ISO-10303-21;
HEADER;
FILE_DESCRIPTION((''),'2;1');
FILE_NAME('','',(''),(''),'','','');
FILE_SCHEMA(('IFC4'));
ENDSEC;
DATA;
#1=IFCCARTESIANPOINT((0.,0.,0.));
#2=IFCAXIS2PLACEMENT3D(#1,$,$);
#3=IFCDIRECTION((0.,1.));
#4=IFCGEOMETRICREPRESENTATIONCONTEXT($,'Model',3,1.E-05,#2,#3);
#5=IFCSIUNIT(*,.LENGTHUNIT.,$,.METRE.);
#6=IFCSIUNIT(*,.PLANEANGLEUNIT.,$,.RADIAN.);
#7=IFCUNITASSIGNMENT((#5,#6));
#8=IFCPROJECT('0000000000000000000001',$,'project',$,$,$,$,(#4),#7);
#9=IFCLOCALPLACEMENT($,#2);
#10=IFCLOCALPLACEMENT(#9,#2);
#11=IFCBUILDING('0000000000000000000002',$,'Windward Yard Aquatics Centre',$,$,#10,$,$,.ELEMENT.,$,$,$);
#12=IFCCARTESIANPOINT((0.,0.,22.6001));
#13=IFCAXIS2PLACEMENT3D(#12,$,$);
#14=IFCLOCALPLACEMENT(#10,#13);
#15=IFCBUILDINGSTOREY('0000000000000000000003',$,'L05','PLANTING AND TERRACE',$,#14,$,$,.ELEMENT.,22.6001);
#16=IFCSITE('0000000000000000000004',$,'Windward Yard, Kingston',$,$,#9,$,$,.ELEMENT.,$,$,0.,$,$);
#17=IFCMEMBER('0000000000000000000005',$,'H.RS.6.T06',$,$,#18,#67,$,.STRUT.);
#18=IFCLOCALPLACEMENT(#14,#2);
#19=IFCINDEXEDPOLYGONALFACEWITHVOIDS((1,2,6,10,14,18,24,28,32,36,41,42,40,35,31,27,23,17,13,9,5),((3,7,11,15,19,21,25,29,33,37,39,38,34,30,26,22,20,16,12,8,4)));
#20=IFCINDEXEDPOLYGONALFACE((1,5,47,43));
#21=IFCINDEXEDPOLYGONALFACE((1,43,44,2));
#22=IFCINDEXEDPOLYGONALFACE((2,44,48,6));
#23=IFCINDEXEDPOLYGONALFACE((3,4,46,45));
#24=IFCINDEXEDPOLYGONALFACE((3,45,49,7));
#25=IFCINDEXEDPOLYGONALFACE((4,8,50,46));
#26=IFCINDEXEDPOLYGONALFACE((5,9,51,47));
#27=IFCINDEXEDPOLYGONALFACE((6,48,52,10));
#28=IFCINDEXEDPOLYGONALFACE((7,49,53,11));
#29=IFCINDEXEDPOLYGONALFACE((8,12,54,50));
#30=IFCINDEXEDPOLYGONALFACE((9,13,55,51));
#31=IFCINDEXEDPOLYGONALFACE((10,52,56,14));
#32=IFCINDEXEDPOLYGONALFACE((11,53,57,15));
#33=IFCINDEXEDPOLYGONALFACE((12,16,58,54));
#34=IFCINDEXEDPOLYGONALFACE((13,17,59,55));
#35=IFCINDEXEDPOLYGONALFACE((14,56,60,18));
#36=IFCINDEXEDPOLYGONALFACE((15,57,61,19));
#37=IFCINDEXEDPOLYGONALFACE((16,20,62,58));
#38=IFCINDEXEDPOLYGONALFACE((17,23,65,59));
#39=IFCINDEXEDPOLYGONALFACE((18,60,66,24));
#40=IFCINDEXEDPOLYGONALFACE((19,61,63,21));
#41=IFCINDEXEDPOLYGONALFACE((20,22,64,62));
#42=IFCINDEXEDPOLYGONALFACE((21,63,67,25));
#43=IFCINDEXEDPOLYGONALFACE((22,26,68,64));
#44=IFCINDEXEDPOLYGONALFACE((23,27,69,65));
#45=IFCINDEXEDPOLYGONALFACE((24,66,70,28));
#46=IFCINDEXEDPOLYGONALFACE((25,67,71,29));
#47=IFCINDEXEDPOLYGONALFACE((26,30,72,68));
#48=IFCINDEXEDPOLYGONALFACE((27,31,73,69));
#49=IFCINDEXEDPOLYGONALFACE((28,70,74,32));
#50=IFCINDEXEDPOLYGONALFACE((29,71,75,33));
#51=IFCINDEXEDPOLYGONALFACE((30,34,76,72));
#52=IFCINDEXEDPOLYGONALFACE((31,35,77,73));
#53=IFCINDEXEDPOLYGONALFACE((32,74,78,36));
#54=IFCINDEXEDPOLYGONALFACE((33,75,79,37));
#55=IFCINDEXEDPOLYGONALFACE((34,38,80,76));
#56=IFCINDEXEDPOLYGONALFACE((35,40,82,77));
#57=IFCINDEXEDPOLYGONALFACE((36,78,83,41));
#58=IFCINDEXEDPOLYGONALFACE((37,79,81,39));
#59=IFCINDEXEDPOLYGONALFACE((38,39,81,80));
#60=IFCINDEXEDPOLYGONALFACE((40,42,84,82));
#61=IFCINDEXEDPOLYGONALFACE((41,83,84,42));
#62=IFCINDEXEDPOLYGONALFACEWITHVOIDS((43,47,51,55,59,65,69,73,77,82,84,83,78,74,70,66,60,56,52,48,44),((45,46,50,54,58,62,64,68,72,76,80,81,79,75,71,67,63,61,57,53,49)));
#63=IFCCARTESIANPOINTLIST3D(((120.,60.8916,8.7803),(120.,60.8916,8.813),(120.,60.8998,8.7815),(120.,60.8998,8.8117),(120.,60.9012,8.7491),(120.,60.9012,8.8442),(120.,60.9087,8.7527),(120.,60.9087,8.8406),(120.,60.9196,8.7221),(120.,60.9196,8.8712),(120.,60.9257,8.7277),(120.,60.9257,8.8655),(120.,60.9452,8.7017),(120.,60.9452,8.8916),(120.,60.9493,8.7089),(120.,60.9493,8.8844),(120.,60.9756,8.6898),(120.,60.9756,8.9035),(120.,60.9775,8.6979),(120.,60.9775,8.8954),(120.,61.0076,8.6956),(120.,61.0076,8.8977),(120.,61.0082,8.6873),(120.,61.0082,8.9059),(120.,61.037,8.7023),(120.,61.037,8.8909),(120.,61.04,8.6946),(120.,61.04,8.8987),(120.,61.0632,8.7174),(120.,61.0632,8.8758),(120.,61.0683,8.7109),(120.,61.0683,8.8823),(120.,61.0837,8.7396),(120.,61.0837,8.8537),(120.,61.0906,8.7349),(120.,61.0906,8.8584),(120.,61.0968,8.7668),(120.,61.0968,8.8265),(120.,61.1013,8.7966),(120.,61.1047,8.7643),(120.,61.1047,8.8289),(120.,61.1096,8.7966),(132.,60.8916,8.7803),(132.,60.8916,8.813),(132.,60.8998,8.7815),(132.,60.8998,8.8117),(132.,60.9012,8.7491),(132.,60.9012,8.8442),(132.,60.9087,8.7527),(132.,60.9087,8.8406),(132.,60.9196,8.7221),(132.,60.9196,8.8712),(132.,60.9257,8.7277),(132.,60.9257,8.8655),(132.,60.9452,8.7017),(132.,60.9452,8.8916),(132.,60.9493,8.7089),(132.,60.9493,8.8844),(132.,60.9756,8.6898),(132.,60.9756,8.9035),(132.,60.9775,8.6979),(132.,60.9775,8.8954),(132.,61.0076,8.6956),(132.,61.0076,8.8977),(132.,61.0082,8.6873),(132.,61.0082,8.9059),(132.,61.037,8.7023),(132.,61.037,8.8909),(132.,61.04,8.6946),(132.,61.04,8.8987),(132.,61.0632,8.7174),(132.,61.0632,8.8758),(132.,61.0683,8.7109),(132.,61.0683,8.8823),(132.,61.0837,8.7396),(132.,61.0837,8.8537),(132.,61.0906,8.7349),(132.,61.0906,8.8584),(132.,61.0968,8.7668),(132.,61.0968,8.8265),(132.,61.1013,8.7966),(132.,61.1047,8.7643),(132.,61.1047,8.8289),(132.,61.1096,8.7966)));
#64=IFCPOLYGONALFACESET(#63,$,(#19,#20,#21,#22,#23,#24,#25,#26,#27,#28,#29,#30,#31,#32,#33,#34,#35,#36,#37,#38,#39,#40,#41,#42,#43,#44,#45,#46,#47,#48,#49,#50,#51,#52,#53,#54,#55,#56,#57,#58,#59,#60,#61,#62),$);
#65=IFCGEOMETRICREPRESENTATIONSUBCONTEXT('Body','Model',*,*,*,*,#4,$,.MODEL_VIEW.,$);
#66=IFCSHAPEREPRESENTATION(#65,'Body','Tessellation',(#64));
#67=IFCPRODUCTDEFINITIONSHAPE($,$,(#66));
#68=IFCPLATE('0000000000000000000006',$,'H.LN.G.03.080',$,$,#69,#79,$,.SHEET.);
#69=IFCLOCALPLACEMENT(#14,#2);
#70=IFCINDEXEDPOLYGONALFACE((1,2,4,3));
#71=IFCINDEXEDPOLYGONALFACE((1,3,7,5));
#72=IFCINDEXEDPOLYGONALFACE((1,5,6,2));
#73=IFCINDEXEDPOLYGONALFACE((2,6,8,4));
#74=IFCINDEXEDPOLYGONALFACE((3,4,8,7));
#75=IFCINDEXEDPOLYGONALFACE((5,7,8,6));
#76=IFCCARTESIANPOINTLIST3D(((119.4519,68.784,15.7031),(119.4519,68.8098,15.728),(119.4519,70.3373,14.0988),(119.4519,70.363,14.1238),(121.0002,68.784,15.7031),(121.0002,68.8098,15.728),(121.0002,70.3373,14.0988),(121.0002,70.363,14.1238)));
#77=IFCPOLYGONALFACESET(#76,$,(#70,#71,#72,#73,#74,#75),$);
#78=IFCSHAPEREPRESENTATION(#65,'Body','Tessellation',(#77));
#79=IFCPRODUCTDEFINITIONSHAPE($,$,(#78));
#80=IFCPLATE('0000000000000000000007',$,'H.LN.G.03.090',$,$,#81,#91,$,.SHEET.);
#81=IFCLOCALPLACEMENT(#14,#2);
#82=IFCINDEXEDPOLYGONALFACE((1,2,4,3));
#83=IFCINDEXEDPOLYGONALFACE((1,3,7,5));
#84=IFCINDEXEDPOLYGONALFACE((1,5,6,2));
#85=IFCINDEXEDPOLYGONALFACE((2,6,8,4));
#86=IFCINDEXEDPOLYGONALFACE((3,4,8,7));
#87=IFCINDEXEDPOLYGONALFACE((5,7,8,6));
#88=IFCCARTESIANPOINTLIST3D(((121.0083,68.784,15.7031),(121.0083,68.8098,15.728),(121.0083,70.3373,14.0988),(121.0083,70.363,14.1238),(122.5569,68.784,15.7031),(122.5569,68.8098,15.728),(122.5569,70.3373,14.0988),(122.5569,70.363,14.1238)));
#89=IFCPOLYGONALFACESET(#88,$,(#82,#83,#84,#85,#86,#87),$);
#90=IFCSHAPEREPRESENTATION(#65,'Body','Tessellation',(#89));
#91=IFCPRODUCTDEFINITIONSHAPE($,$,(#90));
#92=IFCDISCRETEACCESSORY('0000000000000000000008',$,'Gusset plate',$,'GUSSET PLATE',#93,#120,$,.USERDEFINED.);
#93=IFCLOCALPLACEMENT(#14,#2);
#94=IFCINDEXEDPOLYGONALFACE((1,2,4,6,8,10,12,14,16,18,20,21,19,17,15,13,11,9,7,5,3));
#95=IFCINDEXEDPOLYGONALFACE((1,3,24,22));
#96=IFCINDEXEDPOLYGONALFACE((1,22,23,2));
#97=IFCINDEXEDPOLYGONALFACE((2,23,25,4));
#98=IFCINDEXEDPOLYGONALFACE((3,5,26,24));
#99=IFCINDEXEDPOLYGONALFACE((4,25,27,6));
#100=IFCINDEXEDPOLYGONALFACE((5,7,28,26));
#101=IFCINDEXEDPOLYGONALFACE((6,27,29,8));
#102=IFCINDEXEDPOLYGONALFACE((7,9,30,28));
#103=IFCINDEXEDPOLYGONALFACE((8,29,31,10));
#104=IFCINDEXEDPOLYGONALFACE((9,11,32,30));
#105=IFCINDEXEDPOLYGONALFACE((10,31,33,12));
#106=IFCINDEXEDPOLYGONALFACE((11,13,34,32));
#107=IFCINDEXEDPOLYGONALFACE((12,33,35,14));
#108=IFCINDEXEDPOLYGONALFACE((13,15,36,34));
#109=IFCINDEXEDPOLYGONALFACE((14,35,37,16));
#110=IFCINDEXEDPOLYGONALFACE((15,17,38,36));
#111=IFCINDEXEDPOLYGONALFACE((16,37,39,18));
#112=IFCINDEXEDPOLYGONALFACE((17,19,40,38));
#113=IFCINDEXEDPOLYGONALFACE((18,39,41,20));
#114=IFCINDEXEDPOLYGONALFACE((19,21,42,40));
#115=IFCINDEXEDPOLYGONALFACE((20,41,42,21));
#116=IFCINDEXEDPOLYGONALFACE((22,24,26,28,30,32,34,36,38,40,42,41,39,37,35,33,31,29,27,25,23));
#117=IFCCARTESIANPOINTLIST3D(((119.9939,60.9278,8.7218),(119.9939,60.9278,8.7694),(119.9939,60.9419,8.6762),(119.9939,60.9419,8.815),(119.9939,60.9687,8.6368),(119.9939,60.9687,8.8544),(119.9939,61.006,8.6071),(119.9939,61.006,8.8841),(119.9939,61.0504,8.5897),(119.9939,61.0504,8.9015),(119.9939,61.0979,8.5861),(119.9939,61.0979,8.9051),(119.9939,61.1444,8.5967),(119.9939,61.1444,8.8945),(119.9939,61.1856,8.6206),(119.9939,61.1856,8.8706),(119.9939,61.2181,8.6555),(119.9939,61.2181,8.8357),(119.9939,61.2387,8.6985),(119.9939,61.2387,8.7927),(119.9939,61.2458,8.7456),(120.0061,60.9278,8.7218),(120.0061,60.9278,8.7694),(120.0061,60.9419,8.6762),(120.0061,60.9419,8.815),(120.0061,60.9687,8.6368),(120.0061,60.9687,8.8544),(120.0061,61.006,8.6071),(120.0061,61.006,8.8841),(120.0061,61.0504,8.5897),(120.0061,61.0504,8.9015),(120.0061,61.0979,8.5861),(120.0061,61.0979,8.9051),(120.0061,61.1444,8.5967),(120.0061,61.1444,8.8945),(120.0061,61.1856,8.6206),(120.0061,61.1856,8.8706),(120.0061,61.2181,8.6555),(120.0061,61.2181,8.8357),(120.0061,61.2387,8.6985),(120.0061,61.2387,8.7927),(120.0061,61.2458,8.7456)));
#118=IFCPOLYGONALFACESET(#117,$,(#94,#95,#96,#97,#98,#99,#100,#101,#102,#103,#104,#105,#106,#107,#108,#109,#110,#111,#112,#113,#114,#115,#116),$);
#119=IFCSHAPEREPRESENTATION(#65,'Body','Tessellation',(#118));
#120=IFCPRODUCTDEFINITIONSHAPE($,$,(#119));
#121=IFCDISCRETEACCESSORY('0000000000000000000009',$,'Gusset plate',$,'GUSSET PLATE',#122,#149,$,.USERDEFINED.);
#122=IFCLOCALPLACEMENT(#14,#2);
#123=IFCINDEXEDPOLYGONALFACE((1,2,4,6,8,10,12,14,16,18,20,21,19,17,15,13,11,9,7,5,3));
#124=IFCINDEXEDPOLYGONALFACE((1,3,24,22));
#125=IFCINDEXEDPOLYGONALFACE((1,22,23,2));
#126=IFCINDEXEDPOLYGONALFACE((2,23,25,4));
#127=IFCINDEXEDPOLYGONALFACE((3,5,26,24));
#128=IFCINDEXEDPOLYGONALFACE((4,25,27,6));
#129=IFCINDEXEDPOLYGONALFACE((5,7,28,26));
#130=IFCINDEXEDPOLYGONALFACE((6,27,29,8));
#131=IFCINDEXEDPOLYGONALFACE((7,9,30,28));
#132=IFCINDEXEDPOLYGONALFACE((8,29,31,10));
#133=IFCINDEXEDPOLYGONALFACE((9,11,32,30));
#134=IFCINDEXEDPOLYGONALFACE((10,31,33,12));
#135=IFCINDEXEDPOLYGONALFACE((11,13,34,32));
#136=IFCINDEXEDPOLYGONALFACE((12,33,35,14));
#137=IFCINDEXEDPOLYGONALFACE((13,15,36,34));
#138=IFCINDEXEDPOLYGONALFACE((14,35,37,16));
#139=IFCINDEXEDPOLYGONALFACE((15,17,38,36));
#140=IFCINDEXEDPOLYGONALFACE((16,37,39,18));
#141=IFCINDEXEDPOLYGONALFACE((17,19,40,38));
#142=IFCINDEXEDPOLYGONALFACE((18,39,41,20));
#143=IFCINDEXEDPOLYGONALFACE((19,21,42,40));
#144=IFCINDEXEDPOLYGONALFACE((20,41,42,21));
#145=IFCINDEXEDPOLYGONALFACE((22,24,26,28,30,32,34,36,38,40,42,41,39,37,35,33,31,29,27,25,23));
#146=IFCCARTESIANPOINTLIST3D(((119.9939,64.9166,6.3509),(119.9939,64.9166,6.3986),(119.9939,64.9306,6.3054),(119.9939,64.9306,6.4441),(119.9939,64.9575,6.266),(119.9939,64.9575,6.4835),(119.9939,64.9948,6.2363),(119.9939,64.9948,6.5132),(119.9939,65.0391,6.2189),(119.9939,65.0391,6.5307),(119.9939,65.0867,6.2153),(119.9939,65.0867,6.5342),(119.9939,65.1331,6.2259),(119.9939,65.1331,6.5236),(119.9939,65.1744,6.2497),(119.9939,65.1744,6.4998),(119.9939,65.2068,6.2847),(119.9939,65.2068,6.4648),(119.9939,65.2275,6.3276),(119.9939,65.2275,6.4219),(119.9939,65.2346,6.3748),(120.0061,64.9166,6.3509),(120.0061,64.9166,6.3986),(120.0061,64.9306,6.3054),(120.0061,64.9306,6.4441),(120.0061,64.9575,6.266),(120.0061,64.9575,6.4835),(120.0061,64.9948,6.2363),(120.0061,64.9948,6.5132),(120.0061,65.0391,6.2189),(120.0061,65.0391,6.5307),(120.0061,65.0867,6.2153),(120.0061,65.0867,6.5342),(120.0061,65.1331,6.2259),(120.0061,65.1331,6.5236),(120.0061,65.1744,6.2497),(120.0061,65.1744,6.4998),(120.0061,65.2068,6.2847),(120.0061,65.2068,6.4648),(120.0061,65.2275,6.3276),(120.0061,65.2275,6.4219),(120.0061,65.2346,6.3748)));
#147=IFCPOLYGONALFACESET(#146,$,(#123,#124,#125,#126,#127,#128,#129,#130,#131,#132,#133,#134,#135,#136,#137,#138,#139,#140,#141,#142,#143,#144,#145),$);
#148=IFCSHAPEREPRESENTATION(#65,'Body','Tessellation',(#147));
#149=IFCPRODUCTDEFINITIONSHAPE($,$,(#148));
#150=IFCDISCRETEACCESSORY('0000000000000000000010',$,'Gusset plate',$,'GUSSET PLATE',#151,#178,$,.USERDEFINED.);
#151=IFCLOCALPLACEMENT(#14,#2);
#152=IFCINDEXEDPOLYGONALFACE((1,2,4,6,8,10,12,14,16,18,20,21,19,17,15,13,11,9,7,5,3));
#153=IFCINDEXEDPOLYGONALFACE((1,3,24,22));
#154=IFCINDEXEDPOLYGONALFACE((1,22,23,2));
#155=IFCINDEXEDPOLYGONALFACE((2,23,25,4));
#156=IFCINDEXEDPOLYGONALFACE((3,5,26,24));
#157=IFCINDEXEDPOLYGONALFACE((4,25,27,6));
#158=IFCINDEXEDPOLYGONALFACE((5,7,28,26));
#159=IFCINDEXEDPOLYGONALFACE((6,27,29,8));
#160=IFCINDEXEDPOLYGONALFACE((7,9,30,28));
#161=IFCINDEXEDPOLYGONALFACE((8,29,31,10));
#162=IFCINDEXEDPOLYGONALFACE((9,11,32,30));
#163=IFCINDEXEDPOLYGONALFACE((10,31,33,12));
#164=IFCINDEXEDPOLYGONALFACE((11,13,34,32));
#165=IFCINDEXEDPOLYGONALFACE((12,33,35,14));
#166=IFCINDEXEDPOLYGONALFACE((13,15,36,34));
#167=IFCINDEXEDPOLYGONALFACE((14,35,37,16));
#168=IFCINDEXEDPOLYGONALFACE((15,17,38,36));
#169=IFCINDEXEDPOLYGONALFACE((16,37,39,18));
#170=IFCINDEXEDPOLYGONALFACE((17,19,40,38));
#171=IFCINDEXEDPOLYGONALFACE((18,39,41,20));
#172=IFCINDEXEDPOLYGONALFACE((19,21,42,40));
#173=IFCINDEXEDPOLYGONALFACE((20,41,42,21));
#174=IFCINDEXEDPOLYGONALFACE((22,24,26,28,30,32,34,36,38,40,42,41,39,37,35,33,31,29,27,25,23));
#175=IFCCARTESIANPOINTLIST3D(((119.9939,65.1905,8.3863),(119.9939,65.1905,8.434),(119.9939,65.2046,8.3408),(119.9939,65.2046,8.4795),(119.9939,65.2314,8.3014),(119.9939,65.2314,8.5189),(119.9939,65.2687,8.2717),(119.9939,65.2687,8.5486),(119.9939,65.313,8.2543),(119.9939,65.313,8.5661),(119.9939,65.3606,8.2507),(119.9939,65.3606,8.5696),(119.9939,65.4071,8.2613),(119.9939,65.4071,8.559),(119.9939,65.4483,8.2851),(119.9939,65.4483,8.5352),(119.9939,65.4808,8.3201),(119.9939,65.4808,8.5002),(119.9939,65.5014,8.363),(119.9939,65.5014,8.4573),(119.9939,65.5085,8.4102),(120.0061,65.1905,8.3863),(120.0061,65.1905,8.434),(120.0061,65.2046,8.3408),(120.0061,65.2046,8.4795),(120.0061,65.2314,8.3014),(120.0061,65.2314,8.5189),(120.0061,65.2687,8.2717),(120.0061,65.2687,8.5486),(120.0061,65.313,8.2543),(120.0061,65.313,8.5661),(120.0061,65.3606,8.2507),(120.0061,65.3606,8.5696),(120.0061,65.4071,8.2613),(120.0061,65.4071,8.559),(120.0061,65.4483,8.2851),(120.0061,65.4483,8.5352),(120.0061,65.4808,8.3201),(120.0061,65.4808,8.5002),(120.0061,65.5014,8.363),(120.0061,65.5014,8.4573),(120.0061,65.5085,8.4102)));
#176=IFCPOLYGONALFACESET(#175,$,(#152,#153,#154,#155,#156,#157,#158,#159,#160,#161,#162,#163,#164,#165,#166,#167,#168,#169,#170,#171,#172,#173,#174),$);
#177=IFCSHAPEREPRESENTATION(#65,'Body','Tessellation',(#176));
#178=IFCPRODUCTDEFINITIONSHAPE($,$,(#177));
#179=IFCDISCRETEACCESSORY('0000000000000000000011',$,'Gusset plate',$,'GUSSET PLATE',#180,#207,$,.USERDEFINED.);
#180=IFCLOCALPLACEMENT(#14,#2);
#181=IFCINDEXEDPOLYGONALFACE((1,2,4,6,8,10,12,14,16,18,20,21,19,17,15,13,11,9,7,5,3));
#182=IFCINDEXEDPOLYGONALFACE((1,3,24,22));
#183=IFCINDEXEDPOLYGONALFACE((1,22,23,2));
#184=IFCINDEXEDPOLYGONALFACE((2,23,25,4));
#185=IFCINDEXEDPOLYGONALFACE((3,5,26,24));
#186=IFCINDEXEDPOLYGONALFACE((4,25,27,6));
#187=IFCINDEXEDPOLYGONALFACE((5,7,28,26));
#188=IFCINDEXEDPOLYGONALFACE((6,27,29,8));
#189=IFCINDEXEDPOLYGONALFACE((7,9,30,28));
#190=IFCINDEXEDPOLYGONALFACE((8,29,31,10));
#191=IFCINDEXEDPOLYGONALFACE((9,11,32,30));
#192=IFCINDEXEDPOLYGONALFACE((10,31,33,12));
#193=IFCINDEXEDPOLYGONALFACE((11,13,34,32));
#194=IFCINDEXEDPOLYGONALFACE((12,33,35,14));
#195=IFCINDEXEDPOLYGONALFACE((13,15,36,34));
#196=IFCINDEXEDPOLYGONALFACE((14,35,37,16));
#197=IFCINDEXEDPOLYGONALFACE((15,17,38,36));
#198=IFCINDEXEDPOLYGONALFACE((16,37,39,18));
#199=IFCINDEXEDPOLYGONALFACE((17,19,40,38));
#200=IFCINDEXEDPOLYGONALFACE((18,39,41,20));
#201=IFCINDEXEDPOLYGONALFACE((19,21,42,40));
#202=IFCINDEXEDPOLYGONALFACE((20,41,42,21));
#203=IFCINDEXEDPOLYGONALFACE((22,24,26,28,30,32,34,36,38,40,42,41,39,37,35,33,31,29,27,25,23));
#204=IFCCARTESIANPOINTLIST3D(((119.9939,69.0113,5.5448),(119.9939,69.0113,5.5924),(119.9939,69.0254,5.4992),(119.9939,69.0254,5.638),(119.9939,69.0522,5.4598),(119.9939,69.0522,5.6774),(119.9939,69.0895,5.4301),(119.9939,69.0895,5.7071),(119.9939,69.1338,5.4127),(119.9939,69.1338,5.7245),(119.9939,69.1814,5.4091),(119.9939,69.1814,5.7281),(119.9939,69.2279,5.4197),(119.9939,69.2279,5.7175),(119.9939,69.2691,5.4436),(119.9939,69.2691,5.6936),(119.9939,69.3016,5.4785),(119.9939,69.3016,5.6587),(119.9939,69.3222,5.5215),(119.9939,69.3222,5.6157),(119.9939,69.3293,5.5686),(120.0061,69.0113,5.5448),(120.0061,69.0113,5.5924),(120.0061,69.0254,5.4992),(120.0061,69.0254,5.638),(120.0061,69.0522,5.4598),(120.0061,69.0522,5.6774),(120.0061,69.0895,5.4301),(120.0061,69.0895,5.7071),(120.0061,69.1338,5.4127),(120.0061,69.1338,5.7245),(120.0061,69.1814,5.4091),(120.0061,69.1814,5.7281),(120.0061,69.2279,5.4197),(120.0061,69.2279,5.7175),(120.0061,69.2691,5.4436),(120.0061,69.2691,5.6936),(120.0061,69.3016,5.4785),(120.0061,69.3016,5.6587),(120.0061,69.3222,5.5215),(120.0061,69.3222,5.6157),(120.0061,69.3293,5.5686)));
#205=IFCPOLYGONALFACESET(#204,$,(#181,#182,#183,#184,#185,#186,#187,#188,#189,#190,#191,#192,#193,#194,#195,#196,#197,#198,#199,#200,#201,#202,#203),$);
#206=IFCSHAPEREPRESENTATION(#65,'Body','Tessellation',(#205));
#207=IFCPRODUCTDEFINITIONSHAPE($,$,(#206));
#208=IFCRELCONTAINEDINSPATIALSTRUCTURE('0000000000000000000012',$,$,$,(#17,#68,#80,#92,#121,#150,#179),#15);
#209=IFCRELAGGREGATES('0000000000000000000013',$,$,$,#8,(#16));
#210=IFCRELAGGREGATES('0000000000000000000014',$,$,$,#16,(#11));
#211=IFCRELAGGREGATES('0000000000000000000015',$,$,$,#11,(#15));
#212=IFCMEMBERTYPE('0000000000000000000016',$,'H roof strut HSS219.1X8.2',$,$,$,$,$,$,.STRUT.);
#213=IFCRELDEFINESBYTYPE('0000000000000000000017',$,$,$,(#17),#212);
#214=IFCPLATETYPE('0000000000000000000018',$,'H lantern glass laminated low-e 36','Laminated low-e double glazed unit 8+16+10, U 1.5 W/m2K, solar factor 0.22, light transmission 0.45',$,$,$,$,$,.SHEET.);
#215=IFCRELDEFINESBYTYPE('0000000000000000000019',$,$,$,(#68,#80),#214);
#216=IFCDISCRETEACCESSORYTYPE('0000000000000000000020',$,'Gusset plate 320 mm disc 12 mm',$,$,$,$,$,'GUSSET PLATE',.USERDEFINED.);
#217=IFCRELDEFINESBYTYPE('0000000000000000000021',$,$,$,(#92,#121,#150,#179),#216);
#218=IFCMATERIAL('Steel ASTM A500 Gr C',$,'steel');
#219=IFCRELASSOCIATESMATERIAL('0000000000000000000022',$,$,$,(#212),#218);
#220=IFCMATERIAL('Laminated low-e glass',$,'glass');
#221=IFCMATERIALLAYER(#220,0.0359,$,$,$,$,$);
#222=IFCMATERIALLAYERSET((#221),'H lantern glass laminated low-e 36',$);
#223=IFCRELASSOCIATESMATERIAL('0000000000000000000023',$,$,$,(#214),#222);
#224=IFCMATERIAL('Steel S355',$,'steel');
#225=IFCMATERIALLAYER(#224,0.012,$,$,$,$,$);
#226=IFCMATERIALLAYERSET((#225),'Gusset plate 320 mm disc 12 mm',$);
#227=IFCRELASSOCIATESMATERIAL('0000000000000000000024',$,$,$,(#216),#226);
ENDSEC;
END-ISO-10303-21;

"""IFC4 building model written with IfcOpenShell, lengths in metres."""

from ifc_helpers import new_model, si_unit, direction, frame, origin, origin_2d, place, context, subcontext, project, spatial, polyline, circle, hollow_circle, outline, extrude, material, layer, layer_set, material_profile, profile_set, type_object, element, save


model = new_model("IFC4")

# Units and contexts
model_context = context("Model", 3, precision=1e-05, world=origin(), true_north=direction((0.0, 1.0)))
body_context = subcontext(model_context, "Body", "Model", "MODEL_VIEW")
ifc_project = project(units=[si_unit("LENGTHUNIT", "METRE"), si_unit("PLANEANGLEUNIT", "RADIAN")], contexts=[model_context])

# Site, building, storey
site_placement = place(None, origin())
site = spatial("IfcSite", under=ifc_project, at=site_placement, Name="Windward Yard, Kingston", CompositionType="ELEMENT", RefElevation=0.0)
building_placement = place(site_placement, origin())
building = spatial("IfcBuilding", under=site, at=building_placement, Name="Windward Yard Aquatics Centre", CompositionType="ELEMENT")
storey_placement = place(building_placement, frame((0.0, 0.0, 22.6001)))
storey = spatial("IfcBuildingStorey", under=building, at=storey_placement, Name="L05", Description="PLANTING AND TERRACE", CompositionType="ELEMENT", Elevation=22.6001)

# Member
ifc_material_1 = material(Name="Steel ASTM A500 Gr C", Category="steel")
ifc_material_profile_1 = material_profile(ifc_material_1, hollow_circle(Radius=0.1096, WallThickness=0.0083, at=origin_2d()), Name="HSS219.1X8.2")
ifc_profile_set_1 = profile_set([ifc_material_profile_1], Name="Steel ASTM A500 Gr C")
member_type_1 = type_object("IfcMemberType", Name="H roof strut HSS219.1X8.2", PredefinedType="STRUT", material=ifc_profile_set_1)
member_1_placement = place(storey_placement, frame((120.0, 61.0, 8.7966), z_axis=(1.0, 0.0, 0.0), x_axis=(0.0, 1.0, 0.0)))
element("IfcMember", 1, at=member_1_placement, inside=storey, type_object=member_type_1, Name="H.RS.6.T06", PredefinedType="STRUT", context=body_context, shape_type="SweptSolid", body=[
    extrude(hollow_circle(Radius=0.1096, WallThickness=0.0083, at=origin_2d()), origin(), (0.0, 0.0, 1.0), 12.0),
])

# Plates
ifc_material_2 = material(Name="Laminated low-e glass", Category="glass")
ifc_layer_1 = layer(ifc_material_2, 0.0359)
ifc_layer_set_1 = layer_set([ifc_layer_1], Name="H lantern glass laminated low-e 36")
plate_type = type_object("IfcPlateType", Name="H lantern glass laminated low-e 36", Description="Laminated low-e double glazed unit 8+16+10, U 1.5 W/m2K, solar factor 0.22, light transmission 0.45", PredefinedType="SHEET", material=ifc_layer_set_1)
plate_1_placement = place(storey_placement, frame((119.4519, 68.8098, 15.728), z_axis=(0.0, 0.71844, 0.695589), x_axis=(0.0, 0.695589, -0.71844)))
element("IfcPlate", 2, at=plate_1_placement, inside=storey, type_object=plate_type, Name="H.LN.G.03.080", PredefinedType="SHEET", context=body_context, shape_type="SweptSolid", body=[
    extrude(outline(polyline([(0.0, 0.0), (2.233, 0.0), (2.233, -1.5483), (0.0, -1.5483), (0.0, 0.0)])), origin(), (0.0, 0.0, -1.0), 0.0359),
])
plate_2_placement = place(storey_placement, frame((121.0083, 68.8098, 15.728), z_axis=(0.0, 0.71844, 0.695589), x_axis=(0.0, 0.695589, -0.71844)))
element("IfcPlate", 3, at=plate_2_placement, inside=storey, type_object=plate_type, Name="H.LN.G.03.090", PredefinedType="SHEET", context=body_context, shape_type="SweptSolid", body=[
    extrude(outline(polyline([(0.0, 0.0), (2.233, 0.0), (2.233, -1.5486), (0.0, -1.5486), (0.0, 0.0)])), origin(), (0.0, 0.0, -1.0), 0.0359),
])

# Discrete accessories
ifc_material_3 = material(Name="Steel S355", Category="steel")
ifc_layer_2 = layer(ifc_material_3, 0.012)
ifc_layer_set_2 = layer_set([ifc_layer_2], Name="Gusset plate 320 mm disc 12 mm")
discrete_accessory_type = type_object("IfcDiscreteAccessoryType", Name="Gusset plate 320 mm disc 12 mm", ElementType="GUSSET PLATE", PredefinedType="USERDEFINED", material=ifc_layer_set_2)
for number, where, z_axis, x_axis, name in (
    (4, (119.9939, 61.0859, 8.7456), (1.0, 0.0, 0.0), (0.0, 1.0, 0.0), "Gusset plate"),
    (5, (119.9939, 65.0747, 6.3748), (1.0, 0.0, 0.0), (0.0, 1.0, 0.0), "Gusset plate"),
    (6, (119.9939, 65.3486, 8.4102), (1.0, 0.0, 0.0), (0.0, 1.0, 0.0), "Gusset plate"),
    (7, (119.9939, 69.1694, 5.5686), (1.0, 0.0, 0.0), (0.0, 1.0, 0.0), "Gusset plate"),
):
    element("IfcDiscreteAccessory", number, at=place(storey_placement, frame(where, z_axis=z_axis, x_axis=x_axis)), inside=storey, type_object=discrete_accessory_type, Name=name, ObjectType="GUSSET PLATE", PredefinedType="USERDEFINED", context=body_context, shape_type="SweptSolid", body=[
        extrude(circle(Radius=0.1599, at=origin_2d()), origin(), (0.0, 0.0, 1.0), 0.0122),
    ])

save(model, "model.ifc")
